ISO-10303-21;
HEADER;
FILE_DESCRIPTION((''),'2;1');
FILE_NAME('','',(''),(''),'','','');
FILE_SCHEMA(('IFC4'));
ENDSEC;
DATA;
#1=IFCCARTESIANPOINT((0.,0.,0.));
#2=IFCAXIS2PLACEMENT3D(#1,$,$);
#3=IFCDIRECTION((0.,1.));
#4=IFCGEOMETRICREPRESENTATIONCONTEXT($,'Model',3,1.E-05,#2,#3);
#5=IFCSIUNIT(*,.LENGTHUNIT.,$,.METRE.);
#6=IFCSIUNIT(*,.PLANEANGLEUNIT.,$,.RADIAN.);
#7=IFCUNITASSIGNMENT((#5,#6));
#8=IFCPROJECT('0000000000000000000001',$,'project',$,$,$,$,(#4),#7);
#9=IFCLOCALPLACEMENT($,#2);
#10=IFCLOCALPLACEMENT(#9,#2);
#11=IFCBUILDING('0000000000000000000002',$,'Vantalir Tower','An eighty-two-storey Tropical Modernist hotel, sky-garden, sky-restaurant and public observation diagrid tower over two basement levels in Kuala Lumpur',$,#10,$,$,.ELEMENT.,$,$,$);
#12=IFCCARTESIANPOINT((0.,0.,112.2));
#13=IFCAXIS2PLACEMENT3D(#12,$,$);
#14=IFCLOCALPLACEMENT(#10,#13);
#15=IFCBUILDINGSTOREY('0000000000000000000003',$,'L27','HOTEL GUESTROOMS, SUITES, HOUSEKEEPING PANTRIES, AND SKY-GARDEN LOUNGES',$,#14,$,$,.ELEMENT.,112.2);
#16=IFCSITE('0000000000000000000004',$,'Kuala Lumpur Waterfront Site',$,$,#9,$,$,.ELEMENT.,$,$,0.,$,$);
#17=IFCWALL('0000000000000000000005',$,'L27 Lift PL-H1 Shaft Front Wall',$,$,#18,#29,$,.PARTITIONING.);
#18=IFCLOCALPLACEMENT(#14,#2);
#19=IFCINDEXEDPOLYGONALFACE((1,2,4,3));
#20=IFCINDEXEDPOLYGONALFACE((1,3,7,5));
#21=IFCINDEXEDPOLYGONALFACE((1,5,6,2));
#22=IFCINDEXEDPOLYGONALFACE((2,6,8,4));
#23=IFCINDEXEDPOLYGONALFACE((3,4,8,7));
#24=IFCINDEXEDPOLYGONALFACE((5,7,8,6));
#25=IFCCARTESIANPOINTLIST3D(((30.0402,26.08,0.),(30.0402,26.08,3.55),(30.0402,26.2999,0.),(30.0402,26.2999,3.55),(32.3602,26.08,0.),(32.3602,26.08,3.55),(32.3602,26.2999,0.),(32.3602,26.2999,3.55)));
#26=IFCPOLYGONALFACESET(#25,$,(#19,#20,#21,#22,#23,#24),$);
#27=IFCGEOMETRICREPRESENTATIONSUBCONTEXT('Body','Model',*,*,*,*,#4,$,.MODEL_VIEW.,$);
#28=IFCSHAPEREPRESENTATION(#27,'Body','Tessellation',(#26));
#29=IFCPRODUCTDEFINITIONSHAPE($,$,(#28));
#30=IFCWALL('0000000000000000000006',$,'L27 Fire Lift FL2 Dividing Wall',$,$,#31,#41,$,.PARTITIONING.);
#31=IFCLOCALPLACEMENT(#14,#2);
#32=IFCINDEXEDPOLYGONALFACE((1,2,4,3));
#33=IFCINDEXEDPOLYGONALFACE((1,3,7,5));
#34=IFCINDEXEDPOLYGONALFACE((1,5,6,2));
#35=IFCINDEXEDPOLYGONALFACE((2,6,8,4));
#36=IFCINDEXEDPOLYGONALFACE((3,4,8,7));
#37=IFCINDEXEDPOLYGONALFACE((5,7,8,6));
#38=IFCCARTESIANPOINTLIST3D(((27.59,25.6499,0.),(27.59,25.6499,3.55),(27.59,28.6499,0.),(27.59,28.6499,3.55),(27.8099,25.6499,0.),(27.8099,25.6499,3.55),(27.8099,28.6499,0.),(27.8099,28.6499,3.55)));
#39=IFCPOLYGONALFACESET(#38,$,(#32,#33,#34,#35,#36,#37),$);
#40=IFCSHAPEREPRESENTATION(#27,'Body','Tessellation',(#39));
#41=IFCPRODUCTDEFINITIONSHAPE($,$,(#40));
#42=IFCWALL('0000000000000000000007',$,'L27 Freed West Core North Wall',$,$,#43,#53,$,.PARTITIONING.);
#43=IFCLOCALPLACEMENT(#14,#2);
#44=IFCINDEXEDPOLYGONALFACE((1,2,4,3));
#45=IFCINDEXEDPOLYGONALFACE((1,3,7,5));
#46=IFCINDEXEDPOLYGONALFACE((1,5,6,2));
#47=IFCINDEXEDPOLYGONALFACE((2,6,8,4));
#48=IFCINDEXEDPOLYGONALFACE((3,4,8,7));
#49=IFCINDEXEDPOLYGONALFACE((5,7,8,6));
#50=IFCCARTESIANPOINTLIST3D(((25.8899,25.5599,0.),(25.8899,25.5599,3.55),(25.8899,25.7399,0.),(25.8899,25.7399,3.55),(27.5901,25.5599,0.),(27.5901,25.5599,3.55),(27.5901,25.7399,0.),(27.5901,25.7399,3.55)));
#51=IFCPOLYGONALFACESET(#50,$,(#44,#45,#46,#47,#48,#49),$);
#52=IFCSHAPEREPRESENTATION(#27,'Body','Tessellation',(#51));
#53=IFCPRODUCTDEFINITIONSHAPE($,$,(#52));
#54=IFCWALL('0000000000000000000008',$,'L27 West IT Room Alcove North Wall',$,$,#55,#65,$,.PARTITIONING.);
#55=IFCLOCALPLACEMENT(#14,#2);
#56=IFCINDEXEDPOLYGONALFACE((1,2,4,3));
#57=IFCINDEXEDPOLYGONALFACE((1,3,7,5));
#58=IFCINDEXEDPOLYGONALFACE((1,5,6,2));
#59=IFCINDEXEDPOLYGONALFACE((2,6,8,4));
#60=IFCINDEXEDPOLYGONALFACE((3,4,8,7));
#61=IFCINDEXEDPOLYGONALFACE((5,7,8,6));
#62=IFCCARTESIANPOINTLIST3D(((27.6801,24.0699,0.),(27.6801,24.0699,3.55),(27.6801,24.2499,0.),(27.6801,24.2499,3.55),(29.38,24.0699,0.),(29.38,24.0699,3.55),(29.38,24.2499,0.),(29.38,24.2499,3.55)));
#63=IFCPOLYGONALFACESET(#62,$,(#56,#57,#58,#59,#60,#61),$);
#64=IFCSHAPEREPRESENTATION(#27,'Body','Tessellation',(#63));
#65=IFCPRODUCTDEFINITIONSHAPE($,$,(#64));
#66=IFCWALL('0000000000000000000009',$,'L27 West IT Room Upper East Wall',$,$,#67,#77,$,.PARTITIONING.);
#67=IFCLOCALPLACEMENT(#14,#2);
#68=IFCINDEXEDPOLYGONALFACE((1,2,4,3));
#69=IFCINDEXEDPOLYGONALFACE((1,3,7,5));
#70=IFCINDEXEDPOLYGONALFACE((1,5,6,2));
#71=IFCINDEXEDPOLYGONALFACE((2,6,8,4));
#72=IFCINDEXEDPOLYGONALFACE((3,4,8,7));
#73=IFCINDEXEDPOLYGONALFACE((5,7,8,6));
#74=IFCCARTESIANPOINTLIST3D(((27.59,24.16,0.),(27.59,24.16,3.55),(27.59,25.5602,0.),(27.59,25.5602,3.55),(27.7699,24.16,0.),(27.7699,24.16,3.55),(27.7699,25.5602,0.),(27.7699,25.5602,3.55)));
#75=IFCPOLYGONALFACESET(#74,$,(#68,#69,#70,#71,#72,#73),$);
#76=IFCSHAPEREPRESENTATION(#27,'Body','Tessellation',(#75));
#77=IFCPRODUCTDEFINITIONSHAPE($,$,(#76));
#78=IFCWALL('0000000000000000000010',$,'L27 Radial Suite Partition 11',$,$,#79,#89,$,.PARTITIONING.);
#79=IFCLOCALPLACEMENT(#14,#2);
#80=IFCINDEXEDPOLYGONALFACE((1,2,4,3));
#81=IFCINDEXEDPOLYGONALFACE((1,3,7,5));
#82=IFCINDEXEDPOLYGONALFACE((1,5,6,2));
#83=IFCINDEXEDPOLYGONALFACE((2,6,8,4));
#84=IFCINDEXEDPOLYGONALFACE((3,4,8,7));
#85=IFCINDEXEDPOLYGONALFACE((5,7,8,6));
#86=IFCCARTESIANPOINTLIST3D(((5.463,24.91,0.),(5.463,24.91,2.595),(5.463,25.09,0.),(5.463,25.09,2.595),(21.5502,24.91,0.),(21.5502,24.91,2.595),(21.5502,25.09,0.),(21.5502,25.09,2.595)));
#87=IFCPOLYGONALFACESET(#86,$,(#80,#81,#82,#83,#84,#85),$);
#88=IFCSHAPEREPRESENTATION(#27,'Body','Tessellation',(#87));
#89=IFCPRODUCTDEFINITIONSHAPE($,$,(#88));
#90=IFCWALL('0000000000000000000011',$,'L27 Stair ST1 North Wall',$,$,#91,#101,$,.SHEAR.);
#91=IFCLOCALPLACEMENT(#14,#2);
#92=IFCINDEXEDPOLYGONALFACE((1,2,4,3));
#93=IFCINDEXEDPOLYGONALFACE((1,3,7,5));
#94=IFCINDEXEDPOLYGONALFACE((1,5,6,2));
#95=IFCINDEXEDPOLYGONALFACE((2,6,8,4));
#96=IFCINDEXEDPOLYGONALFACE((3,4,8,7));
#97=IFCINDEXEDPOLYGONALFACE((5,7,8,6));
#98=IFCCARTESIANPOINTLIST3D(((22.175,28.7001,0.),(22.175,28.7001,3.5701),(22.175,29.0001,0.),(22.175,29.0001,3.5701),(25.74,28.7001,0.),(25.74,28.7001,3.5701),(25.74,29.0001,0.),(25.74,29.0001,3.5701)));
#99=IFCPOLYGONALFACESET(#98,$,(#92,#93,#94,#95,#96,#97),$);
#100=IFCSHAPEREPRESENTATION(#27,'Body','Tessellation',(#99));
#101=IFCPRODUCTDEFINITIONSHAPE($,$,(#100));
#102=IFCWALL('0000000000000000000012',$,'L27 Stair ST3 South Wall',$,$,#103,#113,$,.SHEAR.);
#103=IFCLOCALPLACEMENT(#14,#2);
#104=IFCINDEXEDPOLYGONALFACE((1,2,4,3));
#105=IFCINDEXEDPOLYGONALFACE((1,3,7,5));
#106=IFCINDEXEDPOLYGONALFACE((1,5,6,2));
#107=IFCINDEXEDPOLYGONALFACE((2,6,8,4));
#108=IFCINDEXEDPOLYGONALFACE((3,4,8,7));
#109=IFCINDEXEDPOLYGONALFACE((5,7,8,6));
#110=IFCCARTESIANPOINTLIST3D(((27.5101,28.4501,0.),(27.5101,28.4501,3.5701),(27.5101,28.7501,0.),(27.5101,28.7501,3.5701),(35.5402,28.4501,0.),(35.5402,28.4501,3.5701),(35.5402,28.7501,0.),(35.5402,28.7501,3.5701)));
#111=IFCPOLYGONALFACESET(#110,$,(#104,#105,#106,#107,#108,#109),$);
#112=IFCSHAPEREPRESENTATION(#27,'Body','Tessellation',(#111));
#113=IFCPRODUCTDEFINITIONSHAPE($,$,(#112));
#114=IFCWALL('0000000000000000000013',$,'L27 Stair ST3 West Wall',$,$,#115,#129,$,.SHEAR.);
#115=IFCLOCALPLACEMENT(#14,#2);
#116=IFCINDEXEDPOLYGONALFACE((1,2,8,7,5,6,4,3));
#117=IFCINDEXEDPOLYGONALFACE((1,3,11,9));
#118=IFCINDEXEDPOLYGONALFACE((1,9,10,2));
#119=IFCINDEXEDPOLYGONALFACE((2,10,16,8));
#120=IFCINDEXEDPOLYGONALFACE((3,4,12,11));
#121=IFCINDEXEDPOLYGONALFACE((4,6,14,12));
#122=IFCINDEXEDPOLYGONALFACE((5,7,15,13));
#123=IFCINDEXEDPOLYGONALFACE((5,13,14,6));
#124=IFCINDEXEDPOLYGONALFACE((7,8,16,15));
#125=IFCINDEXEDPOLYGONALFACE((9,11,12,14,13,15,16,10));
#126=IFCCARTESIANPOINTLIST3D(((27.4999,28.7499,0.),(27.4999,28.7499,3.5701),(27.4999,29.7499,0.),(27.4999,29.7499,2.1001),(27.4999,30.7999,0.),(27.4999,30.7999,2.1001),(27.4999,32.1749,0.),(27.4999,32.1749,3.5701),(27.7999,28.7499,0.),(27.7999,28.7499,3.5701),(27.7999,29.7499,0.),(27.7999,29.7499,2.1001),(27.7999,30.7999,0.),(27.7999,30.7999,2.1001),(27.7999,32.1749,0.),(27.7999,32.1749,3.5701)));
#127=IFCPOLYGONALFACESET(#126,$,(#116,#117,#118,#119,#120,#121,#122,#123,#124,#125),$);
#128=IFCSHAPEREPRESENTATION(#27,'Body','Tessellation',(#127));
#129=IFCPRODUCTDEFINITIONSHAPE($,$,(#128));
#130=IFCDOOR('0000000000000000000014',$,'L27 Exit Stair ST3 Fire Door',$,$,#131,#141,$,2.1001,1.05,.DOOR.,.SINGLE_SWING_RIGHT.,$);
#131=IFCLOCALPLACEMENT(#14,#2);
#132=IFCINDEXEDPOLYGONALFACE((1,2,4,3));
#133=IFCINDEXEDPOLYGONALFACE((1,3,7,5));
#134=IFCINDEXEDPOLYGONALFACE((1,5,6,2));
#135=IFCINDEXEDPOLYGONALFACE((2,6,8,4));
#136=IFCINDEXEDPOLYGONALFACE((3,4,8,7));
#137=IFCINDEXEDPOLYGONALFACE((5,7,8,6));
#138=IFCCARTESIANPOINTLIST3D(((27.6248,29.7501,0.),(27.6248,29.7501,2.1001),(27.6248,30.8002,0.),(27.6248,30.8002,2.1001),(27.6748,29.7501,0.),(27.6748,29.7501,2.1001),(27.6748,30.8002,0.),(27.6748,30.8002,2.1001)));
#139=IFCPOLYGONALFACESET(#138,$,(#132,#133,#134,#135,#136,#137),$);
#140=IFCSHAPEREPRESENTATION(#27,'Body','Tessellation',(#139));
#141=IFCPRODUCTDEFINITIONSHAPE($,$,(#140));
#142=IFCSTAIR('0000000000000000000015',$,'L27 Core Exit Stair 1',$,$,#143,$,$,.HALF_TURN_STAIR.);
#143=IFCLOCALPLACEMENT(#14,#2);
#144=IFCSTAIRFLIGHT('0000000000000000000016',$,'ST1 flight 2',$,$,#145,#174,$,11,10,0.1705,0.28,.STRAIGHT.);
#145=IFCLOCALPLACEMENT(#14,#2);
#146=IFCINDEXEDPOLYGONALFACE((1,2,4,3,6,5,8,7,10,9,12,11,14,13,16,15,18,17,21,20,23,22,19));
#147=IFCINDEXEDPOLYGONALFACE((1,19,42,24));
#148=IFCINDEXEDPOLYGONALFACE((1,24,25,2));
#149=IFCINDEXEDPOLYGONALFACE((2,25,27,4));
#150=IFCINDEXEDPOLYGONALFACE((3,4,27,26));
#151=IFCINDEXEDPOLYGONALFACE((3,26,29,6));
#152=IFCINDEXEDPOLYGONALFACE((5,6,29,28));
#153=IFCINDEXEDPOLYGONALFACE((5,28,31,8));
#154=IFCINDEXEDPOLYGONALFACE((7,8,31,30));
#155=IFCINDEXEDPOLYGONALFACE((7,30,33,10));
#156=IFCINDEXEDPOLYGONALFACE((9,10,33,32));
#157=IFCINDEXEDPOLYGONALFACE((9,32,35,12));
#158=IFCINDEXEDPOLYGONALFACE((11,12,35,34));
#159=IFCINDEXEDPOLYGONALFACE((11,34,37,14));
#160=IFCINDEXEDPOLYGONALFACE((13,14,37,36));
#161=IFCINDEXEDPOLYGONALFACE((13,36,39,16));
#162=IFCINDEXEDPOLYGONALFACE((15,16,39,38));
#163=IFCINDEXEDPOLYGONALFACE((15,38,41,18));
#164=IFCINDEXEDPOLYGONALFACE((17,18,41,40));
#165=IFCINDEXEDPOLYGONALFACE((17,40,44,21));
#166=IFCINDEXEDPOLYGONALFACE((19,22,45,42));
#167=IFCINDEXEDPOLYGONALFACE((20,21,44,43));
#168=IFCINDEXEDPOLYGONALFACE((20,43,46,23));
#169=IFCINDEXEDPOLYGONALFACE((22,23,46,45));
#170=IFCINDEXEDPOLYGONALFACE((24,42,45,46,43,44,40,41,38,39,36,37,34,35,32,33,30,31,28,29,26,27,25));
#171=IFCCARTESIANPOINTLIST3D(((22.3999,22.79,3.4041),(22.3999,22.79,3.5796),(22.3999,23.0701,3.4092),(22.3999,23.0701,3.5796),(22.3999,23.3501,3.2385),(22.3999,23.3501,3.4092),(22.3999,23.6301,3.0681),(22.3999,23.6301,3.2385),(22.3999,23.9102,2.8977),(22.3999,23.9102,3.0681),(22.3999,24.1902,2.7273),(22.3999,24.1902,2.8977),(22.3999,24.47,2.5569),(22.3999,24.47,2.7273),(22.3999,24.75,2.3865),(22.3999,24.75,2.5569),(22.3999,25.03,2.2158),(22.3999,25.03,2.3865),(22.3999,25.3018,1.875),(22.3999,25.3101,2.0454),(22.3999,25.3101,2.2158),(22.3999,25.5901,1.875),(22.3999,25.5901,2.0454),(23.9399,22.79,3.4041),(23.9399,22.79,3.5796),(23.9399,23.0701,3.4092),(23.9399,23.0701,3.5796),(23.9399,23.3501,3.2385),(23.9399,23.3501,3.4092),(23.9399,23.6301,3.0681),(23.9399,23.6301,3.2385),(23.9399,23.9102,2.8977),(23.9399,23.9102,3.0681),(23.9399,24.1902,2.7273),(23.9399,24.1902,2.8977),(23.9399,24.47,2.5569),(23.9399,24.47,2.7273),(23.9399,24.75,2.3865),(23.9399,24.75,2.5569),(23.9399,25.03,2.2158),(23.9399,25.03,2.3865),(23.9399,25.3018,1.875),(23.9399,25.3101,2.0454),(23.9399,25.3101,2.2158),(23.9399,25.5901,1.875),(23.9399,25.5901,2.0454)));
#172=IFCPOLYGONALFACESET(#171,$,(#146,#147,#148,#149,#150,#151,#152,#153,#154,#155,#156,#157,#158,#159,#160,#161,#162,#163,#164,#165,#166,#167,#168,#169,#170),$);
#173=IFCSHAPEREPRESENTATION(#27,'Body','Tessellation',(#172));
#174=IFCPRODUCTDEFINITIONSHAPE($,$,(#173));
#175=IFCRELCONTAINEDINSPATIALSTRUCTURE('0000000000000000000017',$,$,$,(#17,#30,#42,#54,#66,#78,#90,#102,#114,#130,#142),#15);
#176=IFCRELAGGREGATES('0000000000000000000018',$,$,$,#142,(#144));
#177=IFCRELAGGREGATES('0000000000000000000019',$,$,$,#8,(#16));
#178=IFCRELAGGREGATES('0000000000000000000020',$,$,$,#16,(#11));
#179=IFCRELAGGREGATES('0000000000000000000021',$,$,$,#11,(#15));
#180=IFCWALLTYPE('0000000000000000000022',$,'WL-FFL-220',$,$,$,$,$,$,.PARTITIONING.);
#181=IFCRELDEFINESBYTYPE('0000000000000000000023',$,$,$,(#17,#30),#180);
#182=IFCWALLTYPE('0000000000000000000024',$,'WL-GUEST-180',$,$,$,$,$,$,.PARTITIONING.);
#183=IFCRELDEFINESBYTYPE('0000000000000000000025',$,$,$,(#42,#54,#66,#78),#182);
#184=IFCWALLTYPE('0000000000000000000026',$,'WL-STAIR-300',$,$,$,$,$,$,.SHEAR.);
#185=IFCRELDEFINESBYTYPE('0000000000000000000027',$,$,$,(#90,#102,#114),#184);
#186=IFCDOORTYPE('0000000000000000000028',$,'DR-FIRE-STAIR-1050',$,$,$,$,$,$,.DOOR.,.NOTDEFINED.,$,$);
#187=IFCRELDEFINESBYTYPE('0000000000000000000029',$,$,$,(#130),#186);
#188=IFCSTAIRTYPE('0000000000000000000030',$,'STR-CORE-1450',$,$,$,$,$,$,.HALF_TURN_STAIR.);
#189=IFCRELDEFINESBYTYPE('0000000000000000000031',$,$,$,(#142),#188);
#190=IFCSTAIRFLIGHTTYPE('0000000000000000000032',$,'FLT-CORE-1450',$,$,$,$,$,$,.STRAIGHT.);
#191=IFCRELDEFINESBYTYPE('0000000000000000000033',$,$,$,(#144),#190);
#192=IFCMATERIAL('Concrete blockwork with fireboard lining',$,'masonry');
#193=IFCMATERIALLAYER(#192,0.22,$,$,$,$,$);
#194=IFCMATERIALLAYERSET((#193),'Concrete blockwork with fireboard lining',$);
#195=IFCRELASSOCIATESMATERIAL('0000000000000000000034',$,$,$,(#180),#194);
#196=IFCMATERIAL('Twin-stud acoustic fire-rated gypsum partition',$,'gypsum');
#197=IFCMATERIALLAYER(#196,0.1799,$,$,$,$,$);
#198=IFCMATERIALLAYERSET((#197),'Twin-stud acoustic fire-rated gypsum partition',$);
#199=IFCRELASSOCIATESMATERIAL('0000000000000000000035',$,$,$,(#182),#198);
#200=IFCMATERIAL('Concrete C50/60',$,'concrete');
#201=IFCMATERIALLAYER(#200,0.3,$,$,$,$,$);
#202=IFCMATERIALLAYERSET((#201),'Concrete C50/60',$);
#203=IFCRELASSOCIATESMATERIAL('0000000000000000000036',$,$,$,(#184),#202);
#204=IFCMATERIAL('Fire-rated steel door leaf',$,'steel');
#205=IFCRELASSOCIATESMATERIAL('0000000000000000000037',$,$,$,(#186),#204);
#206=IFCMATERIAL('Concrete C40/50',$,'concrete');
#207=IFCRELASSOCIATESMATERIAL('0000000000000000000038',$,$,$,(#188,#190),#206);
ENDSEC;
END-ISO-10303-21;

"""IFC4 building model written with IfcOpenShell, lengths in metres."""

from ifc_helpers import new_model, si_unit, direction, frame, frame_2d, origin, place, context, subcontext, project, spatial, polyline, rectangle, outline, extrude, material, layer, layer_set, type_object, element, fill, aggregate, save


model = new_model("IFC4")

# Units and contexts
model_context = context("Model", 3, precision=1e-05, world=origin(), true_north=direction((0.0, 1.0)))
body_context = subcontext(model_context, "Body", "Model", "MODEL_VIEW")
ifc_project = project(units=[si_unit("LENGTHUNIT", "METRE"), si_unit("PLANEANGLEUNIT", "RADIAN")], contexts=[model_context])

# Site, building, storey
site_placement = place(None, origin())
site = spatial("IfcSite", under=ifc_project, at=site_placement, Name="Kuala Lumpur Waterfront Site", CompositionType="ELEMENT", RefElevation=0.0)
building_placement = place(site_placement, origin())
building = spatial("IfcBuilding", under=site, at=building_placement, Name="Vantalir Tower", Description="An eighty-two-storey Tropical Modernist hotel, sky-garden, sky-restaurant and public observation diagrid tower over two basement levels in Kuala Lumpur", CompositionType="ELEMENT")
storey_placement = place(building_placement, frame((0.0, 0.0, 112.2)))
storey = spatial("IfcBuildingStorey", under=building, at=storey_placement, Name="L27", Description="HOTEL GUESTROOMS, SUITES, HOUSEKEEPING PANTRIES, AND SKY-GARDEN LOUNGES", CompositionType="ELEMENT", Elevation=112.2)

# Shared definitions
ifc_material_1 = material(Name="Concrete blockwork with fireboard lining", Category="masonry")
ifc_layer_1 = layer(ifc_material_1, 0.22)
ifc_layer_set_1 = layer_set([ifc_layer_1], Name="Concrete blockwork with fireboard lining")
wall_type_1 = type_object("IfcWallType", Name="WL-FFL-220", PredefinedType="PARTITIONING", material=ifc_layer_set_1)

# Walls
wall_1_placement = place(storey_placement, frame((30.04, 26.1899, 0.0), z_axis=(0.0, 0.0, 1.0), x_axis=(1.0, 0.0, 0.0)))
element("IfcWall", 1, at=wall_1_placement, inside=storey, type_object=wall_type_1, Name="L27 Lift PL-H1 Shaft Front Wall", PredefinedType="PARTITIONING", context=body_context, shape_type="SweptSolid", body=[
    extrude(rectangle(XDim=2.3201, YDim=0.22, at=frame_2d((1.1602, 0.0))), origin(), (0.0, 0.0, 1.0), 3.55),
])
wall_2_placement = place(storey_placement, frame((27.7, 25.6499, 0.0), z_axis=(0.0, 0.0, 1.0), x_axis=(0.0, 1.0, 0.0)))
element("IfcWall", 2, at=wall_2_placement, inside=storey, type_object=wall_type_1, Name="L27 Fire Lift FL2 Dividing Wall", PredefinedType="PARTITIONING", context=body_context, shape_type="SweptSolid", body=[
    extrude(rectangle(XDim=3.0, YDim=0.22, at=frame_2d((1.5, 0.0))), origin(), (0.0, 0.0, 1.0), 3.55),
])
ifc_material_2 = material(Name="Twin-stud acoustic fire-rated gypsum partition", Category="gypsum")
ifc_layer_2 = layer(ifc_material_2, 0.1799)
ifc_layer_set_2 = layer_set([ifc_layer_2], Name="Twin-stud acoustic fire-rated gypsum partition")
wall_type_2 = type_object("IfcWallType", Name="WL-GUEST-180", PredefinedType="PARTITIONING", material=ifc_layer_set_2)
wall_3_placement = place(storey_placement, frame((25.8899, 25.6499, 0.0), z_axis=(0.0, 0.0, 1.0), x_axis=(1.0, 0.0, 0.0)))
element("IfcWall", 3, at=wall_3_placement, inside=storey, type_object=wall_type_2, Name="L27 Freed West Core North Wall", PredefinedType="PARTITIONING", context=body_context, shape_type="SweptSolid", body=[
    extrude(rectangle(XDim=1.7002, YDim=0.1799, at=frame_2d((0.8501, 0.0))), origin(), (0.0, 0.0, 1.0), 3.55),
])
wall_4_placement = place(storey_placement, frame((27.6799, 24.1599, 0.0), z_axis=(0.0, 0.0, 1.0), x_axis=(1.0, 0.0, 0.0)))
element("IfcWall", 4, at=wall_4_placement, inside=storey, type_object=wall_type_2, Name="L27 West IT Room Alcove North Wall", PredefinedType="PARTITIONING", context=body_context, shape_type="SweptSolid", body=[
    extrude(rectangle(XDim=1.7, YDim=0.1799, at=frame_2d((0.8501, 0.0))), origin(), (0.0, 0.0, 1.0), 3.55),
])
wall_5_placement = place(storey_placement, frame((27.6799, 24.1599, 0.0), z_axis=(0.0, 0.0, 1.0), x_axis=(0.0, 1.0, 0.0)))
element("IfcWall", 5, at=wall_5_placement, inside=storey, type_object=wall_type_2, Name="L27 West IT Room Upper East Wall", PredefinedType="PARTITIONING", context=body_context, shape_type="SweptSolid", body=[
    extrude(rectangle(XDim=1.4001, YDim=0.1799, at=frame_2d((0.7002, 0.0))), origin(), (0.0, 0.0, 1.0), 3.55),
])
wall_6_placement = place(storey_placement, frame((21.55, 25.0, 0.0), z_axis=(0.0, 0.0, 1.0), x_axis=(-1.0, 0.0, 0.0)))
element("IfcWall", 6, at=wall_6_placement, inside=storey, type_object=wall_type_2, Name="L27 Radial Suite Partition 11", PredefinedType="PARTITIONING", context=body_context, shape_type="SweptSolid", body=[
    extrude(rectangle(XDim=16.0872, YDim=0.1799, at=frame_2d((8.0435, 0.0))), origin(), (0.0, 0.0, 1.0), 2.595),
])
ifc_material_3 = material(Name="Concrete C50/60", Category="concrete")
ifc_layer_3 = layer(ifc_material_3, 0.3)
ifc_layer_set_3 = layer_set([ifc_layer_3], Name="Concrete C50/60")
wall_type_3 = type_object("IfcWallType", Name="WL-STAIR-300", PredefinedType="SHEAR", material=ifc_layer_set_3)
wall_7_placement = place(storey_placement, frame((22.175, 28.8501, 0.0), z_axis=(0.0, 0.0, 1.0), x_axis=(1.0, 0.0, 0.0)))
element("IfcWall", 7, at=wall_7_placement, inside=storey, type_object=wall_type_3, Name="L27 Stair ST1 North Wall", PredefinedType="SHEAR", context=body_context, shape_type="SweptSolid", body=[
    extrude(rectangle(XDim=3.5649, YDim=0.3, at=frame_2d((1.7825, 0.0))), origin(), (0.0, 0.0, 1.0), 3.5701),
])
wall_8_placement = place(storey_placement, frame((27.51, 28.6001, 0.0), z_axis=(0.0, 0.0, 1.0), x_axis=(1.0, 0.0, 0.0)))
element("IfcWall", 8, at=wall_8_placement, inside=storey, type_object=wall_type_3, Name="L27 Stair ST3 South Wall", PredefinedType="SHEAR", context=body_context, shape_type="SweptSolid", body=[
    extrude(rectangle(XDim=8.03, YDim=0.3, at=frame_2d((4.0151, 0.0))), origin(), (0.0, 0.0, 1.0), 3.5701),
])

# Wall, opening, door
wall_9_placement = place(storey_placement, frame((27.6499, 28.75, 0.0), z_axis=(0.0, 0.0, 1.0), x_axis=(0.0, 1.0, 0.0)))
wall_9 = element("IfcWall", 9, at=wall_9_placement, inside=storey, type_object=wall_type_3, Name="L27 Stair ST3 West Wall", PredefinedType="SHEAR", context=body_context, shape_type="SweptSolid", body=[
    extrude(rectangle(XDim=3.425, YDim=0.3, at=frame_2d((1.7124, 0.0))), origin(), (0.0, 0.0, 1.0), 3.5701),
])
opening_1_placement = place(wall_9_placement, frame((1.0, 0.0, 0.0)))
opening_1 = element("IfcOpeningElement", 10, at=opening_1_placement, cuts=wall_9, PredefinedType="OPENING", context=body_context, shape_type="SweptSolid", body=[
    extrude(rectangle(XDim=1.05, YDim=2.1001, at=frame_2d((0.5249, 1.05))), frame((0.0, 0.1599, 0.0), z_axis=(0.0, -1.0, 0.0), x_axis=(1.0, 0.0, 0.0)), (0.0, 0.0, 1.0), 0.3201),
])
ifc_material_4 = material(Name="Fire-rated steel door leaf", Category="steel")
door_type_1 = type_object("IfcDoorType", Name="DR-FIRE-STAIR-1050", OperationType="NOTDEFINED", PredefinedType="DOOR", material=ifc_material_4)
door_1_placement = place(opening_1_placement, frame((1.05, 0.0, 0.0), z_axis=(0.0, 0.0, 1.0), x_axis=(-1.0, 0.0, 0.0)))
door_1 = element("IfcDoor", 11, at=door_1_placement, inside=storey, type_object=door_type_1, Name="L27 Exit Stair ST3 Fire Door", OperationType="SINGLE_SWING_RIGHT", OverallHeight=2.1001, OverallWidth=1.05, PredefinedType="DOOR", context=body_context, shape_type="SweptSolid", body=[
    extrude(rectangle(XDim=1.05, YDim=2.1001, at=frame_2d((0.5249, 1.05))), frame((0.0, 0.0249, 0.0), z_axis=(0.0, -1.0, 0.0), x_axis=(1.0, 0.0, 0.0)), (0.0, 0.0, 1.0), 0.05),
])
fill(opening_1, door_1)

# Stair, stair flight
ifc_material_5 = material(Name="Concrete C40/50", Category="concrete")
stair_type = type_object("IfcStairType", Name="STR-CORE-1450", PredefinedType="HALF_TURN_STAIR", material=ifc_material_5)
stair_1_placement = place(storey_placement, origin())
stair_1 = element("IfcStair", 12, at=stair_1_placement, inside=storey, type_object=stair_type, Name="L27 Core Exit Stair 1", PredefinedType="HALF_TURN_STAIR")
stair_flight_type = type_object("IfcStairFlightType", Name="FLT-CORE-1450", PredefinedType="STRAIGHT", material=ifc_material_5)
stair_flight_1_placement = place(storey_placement, frame((23.1699, 25.5901, 1.875), z_axis=(0.0, 0.0, 1.0), x_axis=(0.0, -1.0, 0.0)))
stair_flight_1 = element("IfcStairFlight", 13, at=stair_flight_1_placement, type_object=stair_flight_type, Name="ST1 flight 2", NumberOfRisers=11, NumberOfTreads=10, PredefinedType="STRAIGHT", RiserHeight=0.1705, TreadLength=0.28, context=body_context, shape_type="SweptSolid", body=[
    extrude(outline(polyline([(0.0, 0.0), (0.0, 0.1704), (0.28, 0.1704), (0.28, 0.3408), (0.5601, 0.3408), (0.5601, 0.5115), (0.8401, 0.5115), (0.8401, 0.6819), (1.1201, 0.6819), (1.1201, 0.8523), (1.3999, 0.8523), (1.3999, 1.0227), (1.6799, 1.0227), (1.6799, 1.1931), (1.96, 1.1931), (1.96, 1.3635), (2.24, 1.3635), (2.24, 1.5342), (2.52, 1.5342), (2.52, 1.7046), (2.8, 1.7046), (2.8, 1.875), (2.8, 1.5291), (0.2883, 0.0), (0.0, 0.0)])), frame((0.0, 0.77, 0.0), z_axis=(0.0, -1.0, 0.0), x_axis=(1.0, 0.0, 0.0)), (0.0, 0.0, 1.0), 1.54),
])
aggregate(stair_1, [stair_flight_1])

save(model, "model.ifc")
